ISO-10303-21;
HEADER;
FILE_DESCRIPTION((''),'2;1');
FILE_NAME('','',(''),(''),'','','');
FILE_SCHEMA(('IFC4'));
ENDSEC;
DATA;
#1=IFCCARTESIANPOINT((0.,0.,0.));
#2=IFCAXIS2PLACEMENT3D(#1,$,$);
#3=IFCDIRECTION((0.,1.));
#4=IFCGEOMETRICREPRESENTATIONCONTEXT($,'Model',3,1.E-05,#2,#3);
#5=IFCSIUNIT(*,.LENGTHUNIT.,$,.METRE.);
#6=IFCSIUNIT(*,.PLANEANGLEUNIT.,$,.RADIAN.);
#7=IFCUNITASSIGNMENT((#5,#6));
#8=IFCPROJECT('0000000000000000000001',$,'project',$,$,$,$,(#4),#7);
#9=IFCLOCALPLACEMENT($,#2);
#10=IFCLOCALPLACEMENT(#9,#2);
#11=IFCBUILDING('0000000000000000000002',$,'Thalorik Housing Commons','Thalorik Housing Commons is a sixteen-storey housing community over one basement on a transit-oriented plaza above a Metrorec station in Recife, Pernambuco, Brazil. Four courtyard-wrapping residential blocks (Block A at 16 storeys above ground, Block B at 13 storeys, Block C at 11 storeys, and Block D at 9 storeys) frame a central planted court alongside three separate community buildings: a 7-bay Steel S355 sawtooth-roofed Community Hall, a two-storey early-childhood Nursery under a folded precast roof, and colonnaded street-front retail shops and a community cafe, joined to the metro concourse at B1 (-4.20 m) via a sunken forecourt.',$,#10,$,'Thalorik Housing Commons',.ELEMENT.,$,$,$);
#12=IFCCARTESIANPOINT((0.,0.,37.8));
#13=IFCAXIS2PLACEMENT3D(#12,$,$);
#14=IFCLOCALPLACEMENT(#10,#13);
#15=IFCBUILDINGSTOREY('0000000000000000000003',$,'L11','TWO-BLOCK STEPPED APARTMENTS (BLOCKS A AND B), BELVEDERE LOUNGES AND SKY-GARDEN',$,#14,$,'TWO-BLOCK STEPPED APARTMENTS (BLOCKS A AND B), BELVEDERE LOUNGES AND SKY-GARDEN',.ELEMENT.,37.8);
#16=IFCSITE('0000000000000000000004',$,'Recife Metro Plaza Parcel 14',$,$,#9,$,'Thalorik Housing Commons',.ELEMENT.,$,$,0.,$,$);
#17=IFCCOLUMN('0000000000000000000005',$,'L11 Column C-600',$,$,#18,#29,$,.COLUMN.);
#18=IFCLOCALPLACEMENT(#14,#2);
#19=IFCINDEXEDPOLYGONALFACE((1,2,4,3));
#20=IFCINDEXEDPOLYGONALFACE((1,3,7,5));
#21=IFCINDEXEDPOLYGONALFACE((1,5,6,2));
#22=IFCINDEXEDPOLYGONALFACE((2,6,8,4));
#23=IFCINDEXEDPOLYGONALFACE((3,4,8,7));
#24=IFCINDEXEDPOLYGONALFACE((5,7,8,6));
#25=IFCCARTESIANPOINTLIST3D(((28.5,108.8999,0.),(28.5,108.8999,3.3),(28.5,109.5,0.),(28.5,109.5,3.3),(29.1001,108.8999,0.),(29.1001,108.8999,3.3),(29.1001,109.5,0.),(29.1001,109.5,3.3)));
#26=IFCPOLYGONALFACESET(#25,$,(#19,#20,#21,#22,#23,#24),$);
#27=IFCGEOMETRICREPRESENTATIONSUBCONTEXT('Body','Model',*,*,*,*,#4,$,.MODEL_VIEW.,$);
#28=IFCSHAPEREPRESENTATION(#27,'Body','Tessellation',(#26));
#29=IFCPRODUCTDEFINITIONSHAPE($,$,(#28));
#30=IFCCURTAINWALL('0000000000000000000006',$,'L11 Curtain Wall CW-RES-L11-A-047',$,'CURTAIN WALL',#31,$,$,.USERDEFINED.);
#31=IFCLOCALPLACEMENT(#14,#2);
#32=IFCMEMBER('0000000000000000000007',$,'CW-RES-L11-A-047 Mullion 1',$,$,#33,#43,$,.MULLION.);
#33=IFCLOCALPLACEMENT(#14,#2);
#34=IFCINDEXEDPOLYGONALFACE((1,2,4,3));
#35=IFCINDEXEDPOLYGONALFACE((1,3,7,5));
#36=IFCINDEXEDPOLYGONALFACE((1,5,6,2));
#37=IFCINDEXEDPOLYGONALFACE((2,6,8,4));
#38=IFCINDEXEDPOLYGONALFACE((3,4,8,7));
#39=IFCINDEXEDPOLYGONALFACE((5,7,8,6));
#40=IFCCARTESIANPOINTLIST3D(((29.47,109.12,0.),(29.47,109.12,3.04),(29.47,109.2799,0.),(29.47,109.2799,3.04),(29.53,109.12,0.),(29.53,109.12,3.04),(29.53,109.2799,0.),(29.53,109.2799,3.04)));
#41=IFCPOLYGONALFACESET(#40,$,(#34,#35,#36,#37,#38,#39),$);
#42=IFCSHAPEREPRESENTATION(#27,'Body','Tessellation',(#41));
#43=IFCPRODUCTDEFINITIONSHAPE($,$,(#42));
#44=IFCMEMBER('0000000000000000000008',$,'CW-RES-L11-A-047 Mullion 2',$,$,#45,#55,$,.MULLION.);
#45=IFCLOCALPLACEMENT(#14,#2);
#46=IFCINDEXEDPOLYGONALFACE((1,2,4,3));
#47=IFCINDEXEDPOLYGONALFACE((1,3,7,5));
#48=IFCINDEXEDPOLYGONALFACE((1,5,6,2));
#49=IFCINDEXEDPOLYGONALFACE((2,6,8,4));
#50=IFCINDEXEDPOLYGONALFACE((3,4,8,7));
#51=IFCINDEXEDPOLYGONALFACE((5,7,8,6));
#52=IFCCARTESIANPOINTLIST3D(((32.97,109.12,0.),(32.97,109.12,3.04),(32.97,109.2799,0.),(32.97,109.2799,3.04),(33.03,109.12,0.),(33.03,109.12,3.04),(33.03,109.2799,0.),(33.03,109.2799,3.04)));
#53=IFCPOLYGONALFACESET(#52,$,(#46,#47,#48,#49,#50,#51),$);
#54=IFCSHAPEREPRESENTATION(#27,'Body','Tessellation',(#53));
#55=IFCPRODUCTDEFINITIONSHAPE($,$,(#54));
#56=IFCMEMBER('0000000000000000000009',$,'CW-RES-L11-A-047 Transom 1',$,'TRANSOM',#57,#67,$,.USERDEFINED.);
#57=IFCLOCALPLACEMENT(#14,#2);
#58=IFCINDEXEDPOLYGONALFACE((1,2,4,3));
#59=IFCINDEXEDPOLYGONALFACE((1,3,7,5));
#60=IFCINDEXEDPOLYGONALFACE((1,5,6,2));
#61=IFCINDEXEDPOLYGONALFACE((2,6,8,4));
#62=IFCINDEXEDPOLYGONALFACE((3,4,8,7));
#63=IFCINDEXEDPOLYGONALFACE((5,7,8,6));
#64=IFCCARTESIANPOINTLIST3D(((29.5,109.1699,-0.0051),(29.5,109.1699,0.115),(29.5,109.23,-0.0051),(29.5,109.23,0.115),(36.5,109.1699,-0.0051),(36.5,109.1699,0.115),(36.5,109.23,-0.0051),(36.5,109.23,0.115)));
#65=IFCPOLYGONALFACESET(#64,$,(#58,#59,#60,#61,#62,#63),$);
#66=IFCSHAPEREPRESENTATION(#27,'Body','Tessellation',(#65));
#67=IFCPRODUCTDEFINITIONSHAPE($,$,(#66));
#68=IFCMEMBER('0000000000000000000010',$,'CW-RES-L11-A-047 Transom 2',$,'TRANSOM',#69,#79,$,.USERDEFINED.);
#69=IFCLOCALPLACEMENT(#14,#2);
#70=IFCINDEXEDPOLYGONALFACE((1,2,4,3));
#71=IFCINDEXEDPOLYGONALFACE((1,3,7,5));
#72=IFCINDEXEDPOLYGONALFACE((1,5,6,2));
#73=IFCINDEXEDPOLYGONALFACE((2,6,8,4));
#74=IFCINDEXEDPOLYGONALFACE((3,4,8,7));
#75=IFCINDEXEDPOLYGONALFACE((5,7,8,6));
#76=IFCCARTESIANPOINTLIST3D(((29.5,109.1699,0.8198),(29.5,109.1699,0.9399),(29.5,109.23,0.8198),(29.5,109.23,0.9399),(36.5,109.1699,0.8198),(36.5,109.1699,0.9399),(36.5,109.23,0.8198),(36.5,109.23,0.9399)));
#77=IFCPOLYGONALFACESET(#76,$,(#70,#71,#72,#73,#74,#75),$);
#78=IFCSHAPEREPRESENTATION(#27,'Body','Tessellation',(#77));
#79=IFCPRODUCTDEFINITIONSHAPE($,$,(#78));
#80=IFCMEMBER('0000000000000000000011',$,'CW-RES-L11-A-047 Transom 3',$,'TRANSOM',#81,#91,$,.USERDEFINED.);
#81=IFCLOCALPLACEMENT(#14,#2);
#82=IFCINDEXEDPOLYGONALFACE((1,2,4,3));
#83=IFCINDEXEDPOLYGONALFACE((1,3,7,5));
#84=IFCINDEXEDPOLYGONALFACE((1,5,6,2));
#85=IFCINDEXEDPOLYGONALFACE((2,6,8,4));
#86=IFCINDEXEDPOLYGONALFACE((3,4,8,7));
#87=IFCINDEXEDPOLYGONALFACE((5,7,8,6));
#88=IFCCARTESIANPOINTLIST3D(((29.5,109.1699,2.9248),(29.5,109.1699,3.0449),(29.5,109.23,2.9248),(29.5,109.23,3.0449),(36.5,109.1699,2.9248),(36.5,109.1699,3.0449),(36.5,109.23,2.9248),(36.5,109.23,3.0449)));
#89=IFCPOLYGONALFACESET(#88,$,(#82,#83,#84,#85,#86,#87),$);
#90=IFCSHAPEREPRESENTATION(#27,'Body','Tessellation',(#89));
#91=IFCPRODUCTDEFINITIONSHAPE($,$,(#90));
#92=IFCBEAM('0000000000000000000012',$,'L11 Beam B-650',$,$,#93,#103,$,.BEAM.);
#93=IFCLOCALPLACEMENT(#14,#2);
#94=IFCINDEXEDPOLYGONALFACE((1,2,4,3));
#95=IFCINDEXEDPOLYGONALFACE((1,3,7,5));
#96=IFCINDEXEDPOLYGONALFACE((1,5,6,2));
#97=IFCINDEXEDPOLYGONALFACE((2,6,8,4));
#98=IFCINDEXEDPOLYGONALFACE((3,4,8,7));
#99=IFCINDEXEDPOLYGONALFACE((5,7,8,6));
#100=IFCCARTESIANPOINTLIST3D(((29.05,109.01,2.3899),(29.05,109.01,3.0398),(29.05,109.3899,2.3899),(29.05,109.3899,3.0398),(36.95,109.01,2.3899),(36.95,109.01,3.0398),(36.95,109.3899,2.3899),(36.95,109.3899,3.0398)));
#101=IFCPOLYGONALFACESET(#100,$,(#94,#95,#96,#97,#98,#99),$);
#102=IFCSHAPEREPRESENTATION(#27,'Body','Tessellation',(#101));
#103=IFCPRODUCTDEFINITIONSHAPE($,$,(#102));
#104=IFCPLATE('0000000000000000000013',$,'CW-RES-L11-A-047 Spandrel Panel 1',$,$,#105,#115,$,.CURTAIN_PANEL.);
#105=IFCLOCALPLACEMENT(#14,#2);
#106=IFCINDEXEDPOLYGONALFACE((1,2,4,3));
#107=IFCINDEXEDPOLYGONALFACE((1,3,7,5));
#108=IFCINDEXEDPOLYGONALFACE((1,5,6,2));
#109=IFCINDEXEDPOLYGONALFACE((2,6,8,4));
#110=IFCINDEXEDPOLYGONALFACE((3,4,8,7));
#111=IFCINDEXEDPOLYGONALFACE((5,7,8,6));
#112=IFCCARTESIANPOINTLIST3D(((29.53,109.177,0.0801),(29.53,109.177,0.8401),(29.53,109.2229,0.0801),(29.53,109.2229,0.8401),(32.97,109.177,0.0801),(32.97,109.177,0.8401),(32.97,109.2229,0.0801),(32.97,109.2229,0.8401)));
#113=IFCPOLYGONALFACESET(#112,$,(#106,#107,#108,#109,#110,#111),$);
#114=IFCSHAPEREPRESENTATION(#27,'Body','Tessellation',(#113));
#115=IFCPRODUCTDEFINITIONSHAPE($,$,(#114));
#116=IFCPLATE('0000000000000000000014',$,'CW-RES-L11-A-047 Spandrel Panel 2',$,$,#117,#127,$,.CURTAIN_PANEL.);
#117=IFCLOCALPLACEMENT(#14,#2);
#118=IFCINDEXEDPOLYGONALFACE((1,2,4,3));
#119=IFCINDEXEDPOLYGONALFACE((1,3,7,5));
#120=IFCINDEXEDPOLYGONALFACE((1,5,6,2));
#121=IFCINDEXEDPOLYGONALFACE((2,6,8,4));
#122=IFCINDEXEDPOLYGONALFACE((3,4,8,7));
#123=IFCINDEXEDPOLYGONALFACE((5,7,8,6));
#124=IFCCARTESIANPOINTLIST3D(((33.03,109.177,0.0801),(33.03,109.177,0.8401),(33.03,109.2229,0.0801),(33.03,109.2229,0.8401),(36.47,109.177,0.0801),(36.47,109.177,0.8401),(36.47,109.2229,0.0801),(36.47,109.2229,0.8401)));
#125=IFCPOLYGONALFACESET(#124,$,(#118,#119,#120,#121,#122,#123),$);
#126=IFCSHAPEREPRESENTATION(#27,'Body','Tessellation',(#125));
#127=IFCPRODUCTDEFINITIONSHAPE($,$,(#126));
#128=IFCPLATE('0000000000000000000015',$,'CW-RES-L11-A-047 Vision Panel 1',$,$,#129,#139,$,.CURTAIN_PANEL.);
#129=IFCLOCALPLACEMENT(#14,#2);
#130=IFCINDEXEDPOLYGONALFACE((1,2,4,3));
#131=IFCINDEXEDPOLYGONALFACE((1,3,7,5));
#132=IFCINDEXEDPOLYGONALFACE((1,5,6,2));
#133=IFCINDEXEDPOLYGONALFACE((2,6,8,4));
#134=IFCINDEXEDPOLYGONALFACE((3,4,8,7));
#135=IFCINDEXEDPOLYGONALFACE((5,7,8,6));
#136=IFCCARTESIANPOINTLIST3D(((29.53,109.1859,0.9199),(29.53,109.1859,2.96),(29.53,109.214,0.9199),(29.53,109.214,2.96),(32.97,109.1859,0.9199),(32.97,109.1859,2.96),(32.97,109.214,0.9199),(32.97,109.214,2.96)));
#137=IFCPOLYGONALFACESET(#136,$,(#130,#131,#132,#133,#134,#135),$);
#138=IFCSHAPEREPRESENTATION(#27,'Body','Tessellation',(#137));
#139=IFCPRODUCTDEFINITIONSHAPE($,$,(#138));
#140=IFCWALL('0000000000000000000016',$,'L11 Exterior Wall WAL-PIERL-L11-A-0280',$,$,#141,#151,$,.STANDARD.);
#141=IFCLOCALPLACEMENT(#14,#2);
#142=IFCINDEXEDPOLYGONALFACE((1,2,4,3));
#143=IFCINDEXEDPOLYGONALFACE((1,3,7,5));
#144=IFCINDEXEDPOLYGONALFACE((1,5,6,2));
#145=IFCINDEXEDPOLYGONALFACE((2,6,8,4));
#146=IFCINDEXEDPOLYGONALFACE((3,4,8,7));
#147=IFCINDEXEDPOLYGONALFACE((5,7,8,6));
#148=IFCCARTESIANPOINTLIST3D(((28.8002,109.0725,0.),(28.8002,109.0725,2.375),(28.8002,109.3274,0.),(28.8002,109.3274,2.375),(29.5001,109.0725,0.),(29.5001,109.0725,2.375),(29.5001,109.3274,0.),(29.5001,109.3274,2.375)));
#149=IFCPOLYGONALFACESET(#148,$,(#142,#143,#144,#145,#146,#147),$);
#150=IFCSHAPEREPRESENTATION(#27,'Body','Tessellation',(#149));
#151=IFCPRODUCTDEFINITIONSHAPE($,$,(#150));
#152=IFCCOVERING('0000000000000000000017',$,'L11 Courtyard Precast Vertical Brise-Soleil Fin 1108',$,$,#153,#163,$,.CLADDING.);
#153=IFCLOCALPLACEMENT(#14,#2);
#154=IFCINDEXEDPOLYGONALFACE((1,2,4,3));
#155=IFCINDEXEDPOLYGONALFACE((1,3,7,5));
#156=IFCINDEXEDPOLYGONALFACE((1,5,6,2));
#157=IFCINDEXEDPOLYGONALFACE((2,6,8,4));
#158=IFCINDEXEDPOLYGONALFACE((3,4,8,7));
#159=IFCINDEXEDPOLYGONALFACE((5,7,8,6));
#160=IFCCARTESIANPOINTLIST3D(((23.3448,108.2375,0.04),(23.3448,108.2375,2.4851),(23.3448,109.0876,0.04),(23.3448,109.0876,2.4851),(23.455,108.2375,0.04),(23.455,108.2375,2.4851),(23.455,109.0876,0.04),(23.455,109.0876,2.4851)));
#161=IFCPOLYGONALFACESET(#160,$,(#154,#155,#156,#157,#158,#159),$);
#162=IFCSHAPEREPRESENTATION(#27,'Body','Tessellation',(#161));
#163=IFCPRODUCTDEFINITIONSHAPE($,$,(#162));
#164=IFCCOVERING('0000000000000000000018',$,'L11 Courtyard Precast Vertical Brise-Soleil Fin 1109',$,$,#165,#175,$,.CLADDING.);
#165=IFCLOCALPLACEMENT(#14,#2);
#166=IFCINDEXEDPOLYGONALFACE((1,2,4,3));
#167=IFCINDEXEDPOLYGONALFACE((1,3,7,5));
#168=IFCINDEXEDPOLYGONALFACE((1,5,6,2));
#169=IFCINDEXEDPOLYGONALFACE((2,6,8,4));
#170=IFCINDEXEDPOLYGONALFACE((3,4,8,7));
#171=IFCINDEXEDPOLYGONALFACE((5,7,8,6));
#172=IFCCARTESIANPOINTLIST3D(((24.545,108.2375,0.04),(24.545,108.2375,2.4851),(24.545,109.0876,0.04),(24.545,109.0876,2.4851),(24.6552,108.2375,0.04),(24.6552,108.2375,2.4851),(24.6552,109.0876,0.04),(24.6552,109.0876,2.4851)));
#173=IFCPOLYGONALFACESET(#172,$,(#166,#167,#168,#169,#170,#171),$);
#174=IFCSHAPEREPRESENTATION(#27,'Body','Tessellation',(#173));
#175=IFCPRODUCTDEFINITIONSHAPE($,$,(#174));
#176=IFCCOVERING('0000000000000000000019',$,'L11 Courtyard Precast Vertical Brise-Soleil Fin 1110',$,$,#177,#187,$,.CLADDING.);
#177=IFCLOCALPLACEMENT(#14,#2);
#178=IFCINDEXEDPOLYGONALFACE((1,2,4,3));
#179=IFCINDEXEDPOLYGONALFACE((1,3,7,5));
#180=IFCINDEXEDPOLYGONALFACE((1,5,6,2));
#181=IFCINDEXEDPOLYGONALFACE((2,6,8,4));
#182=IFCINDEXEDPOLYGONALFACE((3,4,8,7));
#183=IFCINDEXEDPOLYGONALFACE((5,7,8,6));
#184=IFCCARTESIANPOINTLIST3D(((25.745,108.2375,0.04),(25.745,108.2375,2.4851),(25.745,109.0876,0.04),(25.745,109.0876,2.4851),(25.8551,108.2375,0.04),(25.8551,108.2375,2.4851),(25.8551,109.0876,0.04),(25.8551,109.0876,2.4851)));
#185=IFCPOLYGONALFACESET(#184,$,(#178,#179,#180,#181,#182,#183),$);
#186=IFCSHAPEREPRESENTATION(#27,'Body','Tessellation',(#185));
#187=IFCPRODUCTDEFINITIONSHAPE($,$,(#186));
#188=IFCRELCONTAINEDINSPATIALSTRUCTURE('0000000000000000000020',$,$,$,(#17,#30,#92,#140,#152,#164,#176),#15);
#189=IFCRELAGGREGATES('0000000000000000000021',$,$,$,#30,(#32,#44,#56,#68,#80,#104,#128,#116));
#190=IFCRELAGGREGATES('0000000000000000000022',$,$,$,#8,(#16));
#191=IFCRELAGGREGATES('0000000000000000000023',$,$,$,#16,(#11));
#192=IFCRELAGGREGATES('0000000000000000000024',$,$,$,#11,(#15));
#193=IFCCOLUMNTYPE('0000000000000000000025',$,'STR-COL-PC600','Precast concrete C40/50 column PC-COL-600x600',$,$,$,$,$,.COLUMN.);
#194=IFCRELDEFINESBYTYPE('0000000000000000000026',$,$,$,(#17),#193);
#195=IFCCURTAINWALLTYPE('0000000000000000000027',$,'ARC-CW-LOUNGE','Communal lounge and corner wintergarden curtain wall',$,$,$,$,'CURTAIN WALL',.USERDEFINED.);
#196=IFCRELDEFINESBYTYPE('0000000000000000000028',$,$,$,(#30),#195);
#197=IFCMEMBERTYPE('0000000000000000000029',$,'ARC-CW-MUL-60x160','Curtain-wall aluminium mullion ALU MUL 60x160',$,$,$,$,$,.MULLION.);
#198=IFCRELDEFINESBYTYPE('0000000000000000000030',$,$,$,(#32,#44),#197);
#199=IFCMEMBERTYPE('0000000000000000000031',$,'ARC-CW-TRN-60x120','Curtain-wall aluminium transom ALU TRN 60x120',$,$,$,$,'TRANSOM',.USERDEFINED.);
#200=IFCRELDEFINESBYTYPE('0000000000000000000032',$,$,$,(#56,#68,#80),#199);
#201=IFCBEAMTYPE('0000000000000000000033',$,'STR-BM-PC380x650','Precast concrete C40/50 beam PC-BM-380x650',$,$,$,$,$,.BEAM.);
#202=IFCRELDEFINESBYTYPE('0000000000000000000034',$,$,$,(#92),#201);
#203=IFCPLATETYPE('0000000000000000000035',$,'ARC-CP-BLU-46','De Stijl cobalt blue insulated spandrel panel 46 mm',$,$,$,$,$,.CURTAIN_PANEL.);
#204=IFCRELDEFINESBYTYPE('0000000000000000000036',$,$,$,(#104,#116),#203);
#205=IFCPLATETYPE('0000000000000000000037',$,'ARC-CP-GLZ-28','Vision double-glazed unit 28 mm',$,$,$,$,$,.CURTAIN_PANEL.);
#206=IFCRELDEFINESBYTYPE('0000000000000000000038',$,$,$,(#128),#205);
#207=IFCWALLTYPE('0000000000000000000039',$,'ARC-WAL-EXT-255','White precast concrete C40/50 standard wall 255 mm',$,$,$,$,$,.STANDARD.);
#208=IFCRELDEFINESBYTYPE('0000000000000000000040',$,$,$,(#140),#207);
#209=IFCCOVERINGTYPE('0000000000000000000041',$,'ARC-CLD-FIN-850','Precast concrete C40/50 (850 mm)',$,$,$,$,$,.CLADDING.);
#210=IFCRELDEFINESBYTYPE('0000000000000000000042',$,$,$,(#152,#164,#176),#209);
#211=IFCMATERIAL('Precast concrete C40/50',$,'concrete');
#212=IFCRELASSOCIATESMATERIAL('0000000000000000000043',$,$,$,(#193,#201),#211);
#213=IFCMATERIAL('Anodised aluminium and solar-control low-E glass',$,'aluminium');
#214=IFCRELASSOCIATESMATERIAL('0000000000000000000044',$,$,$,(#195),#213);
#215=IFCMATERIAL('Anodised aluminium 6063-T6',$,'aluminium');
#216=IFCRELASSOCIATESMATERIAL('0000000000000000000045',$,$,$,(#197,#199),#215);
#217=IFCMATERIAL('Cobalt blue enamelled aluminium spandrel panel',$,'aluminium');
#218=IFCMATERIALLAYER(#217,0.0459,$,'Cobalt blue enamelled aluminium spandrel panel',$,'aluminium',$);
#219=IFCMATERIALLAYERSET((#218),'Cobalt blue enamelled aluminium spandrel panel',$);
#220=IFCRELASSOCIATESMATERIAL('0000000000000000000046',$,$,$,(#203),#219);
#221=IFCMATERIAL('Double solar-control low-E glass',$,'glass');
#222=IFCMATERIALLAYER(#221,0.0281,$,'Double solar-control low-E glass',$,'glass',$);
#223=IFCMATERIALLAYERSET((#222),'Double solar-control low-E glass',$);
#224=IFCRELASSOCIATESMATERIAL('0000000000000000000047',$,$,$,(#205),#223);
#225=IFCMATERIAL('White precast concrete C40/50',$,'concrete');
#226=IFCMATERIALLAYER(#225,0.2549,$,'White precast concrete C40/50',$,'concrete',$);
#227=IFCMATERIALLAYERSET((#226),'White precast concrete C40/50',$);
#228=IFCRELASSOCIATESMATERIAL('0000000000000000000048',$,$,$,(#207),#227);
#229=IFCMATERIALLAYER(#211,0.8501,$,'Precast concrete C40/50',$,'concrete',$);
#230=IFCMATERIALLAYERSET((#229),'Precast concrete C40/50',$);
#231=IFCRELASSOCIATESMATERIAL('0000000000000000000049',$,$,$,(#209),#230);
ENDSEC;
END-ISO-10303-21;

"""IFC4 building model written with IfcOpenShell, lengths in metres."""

from ifc_helpers import new_model, si_unit, direction, frame, frame_2d, origin, origin_2d, place, context, subcontext, project, spatial, rectangle, extrude, material, layer, layer_set, material_profile, profile_set, type_object, element, aggregate, save


model = new_model("IFC4")

# Units and contexts
model_context = context("Model", 3, precision=1e-05, world=origin(), true_north=direction((0.0, 1.0)))
body_context = subcontext(model_context, "Body", "Model", "MODEL_VIEW")
ifc_project = project(units=[si_unit("LENGTHUNIT", "METRE"), si_unit("PLANEANGLEUNIT", "RADIAN")], contexts=[model_context])

# Site, building, storey
site_placement = place(None, origin())
site = spatial("IfcSite", under=ifc_project, at=site_placement, Name="Recife Metro Plaza Parcel 14", LongName="Thalorik Housing Commons", CompositionType="ELEMENT", RefElevation=0.0)
building_placement = place(site_placement, origin())
building = spatial("IfcBuilding", under=site, at=building_placement, Name="Thalorik Housing Commons", Description="Thalorik Housing Commons is a sixteen-storey housing community over one basement on a transit-oriented plaza above a Metrorec station in Recife, Pernambuco, Brazil. Four courtyard-wrapping residential blocks (Block A at 16 storeys above ground, Block B at 13 storeys, Block C at 11 storeys, and Block D at 9 storeys) frame a central planted court alongside three separate community buildings: a 7-bay Steel S355 sawtooth-roofed Community Hall, a two-storey early-childhood Nursery under a folded precast roof, and colonnaded street-front retail shops and a community cafe, joined to the metro concourse at B1 (-4.20 m) via a sunken forecourt.", LongName="Thalorik Housing Commons", CompositionType="ELEMENT")
storey_placement = place(building_placement, frame((0.0, 0.0, 37.8)))
storey = spatial("IfcBuildingStorey", under=building, at=storey_placement, Name="L11", Description="TWO-BLOCK STEPPED APARTMENTS (BLOCKS A AND B), BELVEDERE LOUNGES AND SKY-GARDEN", LongName="TWO-BLOCK STEPPED APARTMENTS (BLOCKS A AND B), BELVEDERE LOUNGES AND SKY-GARDEN", CompositionType="ELEMENT", Elevation=37.8)

# Column
ifc_material_1 = material(Name="Precast concrete C40/50", Category="concrete")
ifc_material_profile_1 = material_profile(ifc_material_1, rectangle(XDim=0.6001, YDim=0.6001, at=origin_2d()), Name="PC 600x600", Category="concrete")
ifc_profile_set_1 = profile_set([ifc_material_profile_1], Name="Precast concrete C40/50")
column_type = type_object("IfcColumnType", Name="STR-COL-PC600", Description="Precast concrete C40/50 column PC-COL-600x600", PredefinedType="COLUMN", material=ifc_profile_set_1)
column_placement = place(storey_placement, frame((28.8, 109.2, 0.0), z_axis=(0.0, 0.0, 1.0), x_axis=(1.0, 0.0, 0.0)))
element("IfcColumn", 1, at=column_placement, inside=storey, type_object=column_type, Name="L11 Column C-600", PredefinedType="COLUMN", context=body_context, shape_type="SweptSolid", body=[
    extrude(rectangle(XDim=0.6001, YDim=0.6001, at=origin_2d()), origin(), (0.0, 0.0, 1.0), 3.3),
])

# Curtain wall, members
ifc_material_2 = material(Name="Anodised aluminium and solar-control low-E glass", Category="aluminium")
curtain_wall_type = type_object("IfcCurtainWallType", Name="ARC-CW-LOUNGE", Description="Communal lounge and corner wintergarden curtain wall", ElementType="CURTAIN WALL", PredefinedType="USERDEFINED", material=ifc_material_2)
curtain_wall_placement = place(storey_placement, origin())
curtain_wall = element("IfcCurtainWall", 2, at=curtain_wall_placement, inside=storey, type_object=curtain_wall_type, Name="L11 Curtain Wall CW-RES-L11-A-047", ObjectType="CURTAIN WALL", PredefinedType="USERDEFINED")
ifc_material_3 = material(Name="Anodised aluminium 6063-T6", Category="aluminium")
ifc_material_profile_2 = material_profile(ifc_material_3, rectangle(XDim=0.0601, YDim=0.1599, at=origin_2d()), Name="ALU MUL 60x160", Category="aluminium")
ifc_profile_set_2 = profile_set([ifc_material_profile_2], Name="Anodised aluminium 6063-T6")
member_type_1 = type_object("IfcMemberType", Name="ARC-CW-MUL-60x160", Description="Curtain-wall aluminium mullion ALU MUL 60x160", PredefinedType="MULLION", material=ifc_profile_set_2)
member_1_placement = place(storey_placement, frame((29.5, 109.2, 0.0), z_axis=(0.0, 0.0, 1.0), x_axis=(1.0, 0.0, 0.0)))
member_1 = element("IfcMember", 3, at=member_1_placement, type_object=member_type_1, Name="CW-RES-L11-A-047 Mullion 1", PredefinedType="MULLION", context=body_context, shape_type="SweptSolid", body=[
    extrude(rectangle(XDim=0.0601, YDim=0.1599, at=origin_2d()), origin(), (0.0, 0.0, 1.0), 3.04),
])
member_2_placement = place(storey_placement, frame((33.0, 109.2, 0.0), z_axis=(0.0, 0.0, 1.0), x_axis=(1.0, 0.0, 0.0)))
member_2 = element("IfcMember", 4, at=member_2_placement, type_object=member_type_1, Name="CW-RES-L11-A-047 Mullion 2", PredefinedType="MULLION", context=body_context, shape_type="SweptSolid", body=[
    extrude(rectangle(XDim=0.0601, YDim=0.1599, at=origin_2d()), origin(), (0.0, 0.0, 1.0), 3.04),
])
ifc_material_profile_3 = material_profile(ifc_material_3, rectangle(XDim=0.0601, YDim=0.1201, at=origin_2d()), Name="ALU TRN 60x120", Category="aluminium")
ifc_profile_set_3 = profile_set([ifc_material_profile_3], Name="Anodised aluminium 6063-T6")
member_type_2 = type_object("IfcMemberType", Name="ARC-CW-TRN-60x120", Description="Curtain-wall aluminium transom ALU TRN 60x120", ElementType="TRANSOM", PredefinedType="USERDEFINED", material=ifc_profile_set_3)
member_3_placement = place(storey_placement, frame((29.5, 109.2, 0.0549), z_axis=(1.0, 0.0, 0.0), x_axis=(0.0, 1.0, 0.0)))
member_3 = element("IfcMember", 5, at=member_3_placement, type_object=member_type_2, Name="CW-RES-L11-A-047 Transom 1", ObjectType="TRANSOM", PredefinedType="USERDEFINED", context=body_context, shape_type="SweptSolid", body=[
    extrude(rectangle(XDim=0.0601, YDim=0.1201, at=origin_2d()), origin(), (0.0, 0.0, 1.0), 7.0),
])
member_4_placement = place(storey_placement, frame((29.5, 109.2, 0.8799), z_axis=(1.0, 0.0, 0.0), x_axis=(0.0, 1.0, 0.0)))
member_4 = element("IfcMember", 6, at=member_4_placement, type_object=member_type_2, Name="CW-RES-L11-A-047 Transom 2", ObjectType="TRANSOM", PredefinedType="USERDEFINED", context=body_context, shape_type="SweptSolid", body=[
    extrude(rectangle(XDim=0.0601, YDim=0.1201, at=origin_2d()), origin(), (0.0, 0.0, 1.0), 7.0),
])
member_5_placement = place(storey_placement, frame((29.5, 109.2, 2.9849), z_axis=(1.0, 0.0, 0.0), x_axis=(0.0, 1.0, 0.0)))
member_5 = element("IfcMember", 7, at=member_5_placement, type_object=member_type_2, Name="CW-RES-L11-A-047 Transom 3", ObjectType="TRANSOM", PredefinedType="USERDEFINED", context=body_context, shape_type="SweptSolid", body=[
    extrude(rectangle(XDim=0.0601, YDim=0.1201, at=origin_2d()), origin(), (0.0, 0.0, 1.0), 7.0),
])

# Beam
ifc_material_profile_4 = material_profile(ifc_material_1, rectangle(XDim=0.3799, YDim=0.6499, at=origin_2d()), Name="PC 380x650", Category="concrete")
ifc_profile_set_4 = profile_set([ifc_material_profile_4], Name="Precast concrete C40/50")
beam_type = type_object("IfcBeamType", Name="STR-BM-PC380x650", Description="Precast concrete C40/50 beam PC-BM-380x650", PredefinedType="BEAM", material=ifc_profile_set_4)
beam_placement = place(storey_placement, frame((29.05, 109.2, 2.7148), z_axis=(1.0, 0.0, 0.0), x_axis=(0.0, 1.0, 0.0)))
element("IfcBeam", 8, at=beam_placement, inside=storey, type_object=beam_type, Name="L11 Beam B-650", PredefinedType="BEAM", context=body_context, shape_type="SweptSolid", body=[
    extrude(rectangle(XDim=0.3799, YDim=0.6499, at=origin_2d()), origin(), (0.0, 0.0, 1.0), 7.8999),
])

# Plates
ifc_material_4 = material(Name="Cobalt blue enamelled aluminium spandrel panel", Category="aluminium")
ifc_layer_1 = layer(ifc_material_4, 0.0459, Name="Cobalt blue enamelled aluminium spandrel panel", Category="aluminium")
ifc_layer_set_1 = layer_set([ifc_layer_1], Name="Cobalt blue enamelled aluminium spandrel panel")
plate_type_1 = type_object("IfcPlateType", Name="ARC-CP-BLU-46", Description="De Stijl cobalt blue insulated spandrel panel 46 mm", PredefinedType="CURTAIN_PANEL", material=ifc_layer_set_1)
plate_1_placement = place(storey_placement, frame((31.25, 109.2, 0.0801), z_axis=(0.0, 0.0, 1.0), x_axis=(1.0, 0.0, 0.0)))
plate_1 = element("IfcPlate", 9, at=plate_1_placement, type_object=plate_type_1, Name="CW-RES-L11-A-047 Spandrel Panel 1", PredefinedType="CURTAIN_PANEL", context=body_context, shape_type="SweptSolid", body=[
    extrude(rectangle(XDim=3.4399, YDim=0.0459, at=origin_2d()), origin(), (0.0, 0.0, 1.0), 0.76),
])
plate_2_placement = place(storey_placement, frame((34.75, 109.2, 0.0801), z_axis=(0.0, 0.0, 1.0), x_axis=(1.0, 0.0, 0.0)))
plate_2 = element("IfcPlate", 10, at=plate_2_placement, type_object=plate_type_1, Name="CW-RES-L11-A-047 Spandrel Panel 2", PredefinedType="CURTAIN_PANEL", context=body_context, shape_type="SweptSolid", body=[
    extrude(rectangle(XDim=3.4399, YDim=0.0459, at=origin_2d()), origin(), (0.0, 0.0, 1.0), 0.76),
])
ifc_material_5 = material(Name="Double solar-control low-E glass", Category="glass")
ifc_layer_2 = layer(ifc_material_5, 0.0281, Name="Double solar-control low-E glass", Category="glass")
ifc_layer_set_2 = layer_set([ifc_layer_2], Name="Double solar-control low-E glass")
plate_type_2 = type_object("IfcPlateType", Name="ARC-CP-GLZ-28", Description="Vision double-glazed unit 28 mm", PredefinedType="CURTAIN_PANEL", material=ifc_layer_set_2)
plate_3_placement = place(storey_placement, frame((31.25, 109.2, 0.9199), z_axis=(0.0, 0.0, 1.0), x_axis=(1.0, 0.0, 0.0)))
plate_3 = element("IfcPlate", 11, at=plate_3_placement, type_object=plate_type_2, Name="CW-RES-L11-A-047 Vision Panel 1", PredefinedType="CURTAIN_PANEL", context=body_context, shape_type="SweptSolid", body=[
    extrude(rectangle(XDim=3.4399, YDim=0.0281, at=origin_2d()), origin(), (0.0, 0.0, 1.0), 2.04),
])
aggregate(curtain_wall, [member_1, member_2, member_3, member_4, member_5, plate_1, plate_3, plate_2])

# Wall
ifc_material_6 = material(Name="White precast concrete C40/50", Category="concrete")
ifc_layer_3 = layer(ifc_material_6, 0.2549, Name="White precast concrete C40/50", Category="concrete")
ifc_layer_set_3 = layer_set([ifc_layer_3], Name="White precast concrete C40/50")
wall_type = type_object("IfcWallType", Name="ARC-WAL-EXT-255", Description="White precast concrete C40/50 standard wall 255 mm", PredefinedType="STANDARD", material=ifc_layer_set_3)
wall_placement = place(storey_placement, frame((28.8, 109.2, 0.0), z_axis=(0.0, 0.0, 1.0), x_axis=(1.0, 0.0, 0.0)))
element("IfcWall", 12, at=wall_placement, inside=storey, type_object=wall_type, Name="L11 Exterior Wall WAL-PIERL-L11-A-0280", PredefinedType="STANDARD", context=body_context, shape_type="SweptSolid", body=[
    extrude(rectangle(XDim=0.7, YDim=0.2549, at=frame_2d((0.3501, 0.0))), origin(), (0.0, 0.0, 1.0), 2.375),
])

# Coverings
ifc_layer_4 = layer(ifc_material_1, 0.8501, Name="Precast concrete C40/50", Category="concrete")
ifc_layer_set_4 = layer_set([ifc_layer_4], Name="Precast concrete C40/50")
covering_type_1 = type_object("IfcCoveringType", Name="ARC-CLD-FIN-850", Description="Precast concrete C40/50 (850 mm)", PredefinedType="CLADDING", material=ifc_layer_set_4)
for number, where, z_axis, x_axis, name in (
    (13, (23.3999, 108.6626, 0.04), (0.0, 0.0, 1.0), (1.0, 0.0, 0.0), "L11 Courtyard Precast Vertical Brise-Soleil Fin 1108"),
    (14, (24.6001, 108.6626, 0.04), (0.0, 0.0, 1.0), (1.0, 0.0, 0.0), "L11 Courtyard Precast Vertical Brise-Soleil Fin 1109"),
    (15, (25.8, 108.6626, 0.04), (0.0, 0.0, 1.0), (1.0, 0.0, 0.0), "L11 Courtyard Precast Vertical Brise-Soleil Fin 1110"),
):
    element("IfcCovering", number, at=place(storey_placement, frame(where, z_axis=z_axis, x_axis=x_axis)), inside=storey, type_object=covering_type_1, Name=name, PredefinedType="CLADDING", context=body_context, shape_type="SweptSolid", body=[
        extrude(rectangle(XDim=0.1101, YDim=0.8501, at=origin_2d()), origin(), (0.0, 0.0, 1.0), 2.4451),
    ])

save(model, "model.ifc")
